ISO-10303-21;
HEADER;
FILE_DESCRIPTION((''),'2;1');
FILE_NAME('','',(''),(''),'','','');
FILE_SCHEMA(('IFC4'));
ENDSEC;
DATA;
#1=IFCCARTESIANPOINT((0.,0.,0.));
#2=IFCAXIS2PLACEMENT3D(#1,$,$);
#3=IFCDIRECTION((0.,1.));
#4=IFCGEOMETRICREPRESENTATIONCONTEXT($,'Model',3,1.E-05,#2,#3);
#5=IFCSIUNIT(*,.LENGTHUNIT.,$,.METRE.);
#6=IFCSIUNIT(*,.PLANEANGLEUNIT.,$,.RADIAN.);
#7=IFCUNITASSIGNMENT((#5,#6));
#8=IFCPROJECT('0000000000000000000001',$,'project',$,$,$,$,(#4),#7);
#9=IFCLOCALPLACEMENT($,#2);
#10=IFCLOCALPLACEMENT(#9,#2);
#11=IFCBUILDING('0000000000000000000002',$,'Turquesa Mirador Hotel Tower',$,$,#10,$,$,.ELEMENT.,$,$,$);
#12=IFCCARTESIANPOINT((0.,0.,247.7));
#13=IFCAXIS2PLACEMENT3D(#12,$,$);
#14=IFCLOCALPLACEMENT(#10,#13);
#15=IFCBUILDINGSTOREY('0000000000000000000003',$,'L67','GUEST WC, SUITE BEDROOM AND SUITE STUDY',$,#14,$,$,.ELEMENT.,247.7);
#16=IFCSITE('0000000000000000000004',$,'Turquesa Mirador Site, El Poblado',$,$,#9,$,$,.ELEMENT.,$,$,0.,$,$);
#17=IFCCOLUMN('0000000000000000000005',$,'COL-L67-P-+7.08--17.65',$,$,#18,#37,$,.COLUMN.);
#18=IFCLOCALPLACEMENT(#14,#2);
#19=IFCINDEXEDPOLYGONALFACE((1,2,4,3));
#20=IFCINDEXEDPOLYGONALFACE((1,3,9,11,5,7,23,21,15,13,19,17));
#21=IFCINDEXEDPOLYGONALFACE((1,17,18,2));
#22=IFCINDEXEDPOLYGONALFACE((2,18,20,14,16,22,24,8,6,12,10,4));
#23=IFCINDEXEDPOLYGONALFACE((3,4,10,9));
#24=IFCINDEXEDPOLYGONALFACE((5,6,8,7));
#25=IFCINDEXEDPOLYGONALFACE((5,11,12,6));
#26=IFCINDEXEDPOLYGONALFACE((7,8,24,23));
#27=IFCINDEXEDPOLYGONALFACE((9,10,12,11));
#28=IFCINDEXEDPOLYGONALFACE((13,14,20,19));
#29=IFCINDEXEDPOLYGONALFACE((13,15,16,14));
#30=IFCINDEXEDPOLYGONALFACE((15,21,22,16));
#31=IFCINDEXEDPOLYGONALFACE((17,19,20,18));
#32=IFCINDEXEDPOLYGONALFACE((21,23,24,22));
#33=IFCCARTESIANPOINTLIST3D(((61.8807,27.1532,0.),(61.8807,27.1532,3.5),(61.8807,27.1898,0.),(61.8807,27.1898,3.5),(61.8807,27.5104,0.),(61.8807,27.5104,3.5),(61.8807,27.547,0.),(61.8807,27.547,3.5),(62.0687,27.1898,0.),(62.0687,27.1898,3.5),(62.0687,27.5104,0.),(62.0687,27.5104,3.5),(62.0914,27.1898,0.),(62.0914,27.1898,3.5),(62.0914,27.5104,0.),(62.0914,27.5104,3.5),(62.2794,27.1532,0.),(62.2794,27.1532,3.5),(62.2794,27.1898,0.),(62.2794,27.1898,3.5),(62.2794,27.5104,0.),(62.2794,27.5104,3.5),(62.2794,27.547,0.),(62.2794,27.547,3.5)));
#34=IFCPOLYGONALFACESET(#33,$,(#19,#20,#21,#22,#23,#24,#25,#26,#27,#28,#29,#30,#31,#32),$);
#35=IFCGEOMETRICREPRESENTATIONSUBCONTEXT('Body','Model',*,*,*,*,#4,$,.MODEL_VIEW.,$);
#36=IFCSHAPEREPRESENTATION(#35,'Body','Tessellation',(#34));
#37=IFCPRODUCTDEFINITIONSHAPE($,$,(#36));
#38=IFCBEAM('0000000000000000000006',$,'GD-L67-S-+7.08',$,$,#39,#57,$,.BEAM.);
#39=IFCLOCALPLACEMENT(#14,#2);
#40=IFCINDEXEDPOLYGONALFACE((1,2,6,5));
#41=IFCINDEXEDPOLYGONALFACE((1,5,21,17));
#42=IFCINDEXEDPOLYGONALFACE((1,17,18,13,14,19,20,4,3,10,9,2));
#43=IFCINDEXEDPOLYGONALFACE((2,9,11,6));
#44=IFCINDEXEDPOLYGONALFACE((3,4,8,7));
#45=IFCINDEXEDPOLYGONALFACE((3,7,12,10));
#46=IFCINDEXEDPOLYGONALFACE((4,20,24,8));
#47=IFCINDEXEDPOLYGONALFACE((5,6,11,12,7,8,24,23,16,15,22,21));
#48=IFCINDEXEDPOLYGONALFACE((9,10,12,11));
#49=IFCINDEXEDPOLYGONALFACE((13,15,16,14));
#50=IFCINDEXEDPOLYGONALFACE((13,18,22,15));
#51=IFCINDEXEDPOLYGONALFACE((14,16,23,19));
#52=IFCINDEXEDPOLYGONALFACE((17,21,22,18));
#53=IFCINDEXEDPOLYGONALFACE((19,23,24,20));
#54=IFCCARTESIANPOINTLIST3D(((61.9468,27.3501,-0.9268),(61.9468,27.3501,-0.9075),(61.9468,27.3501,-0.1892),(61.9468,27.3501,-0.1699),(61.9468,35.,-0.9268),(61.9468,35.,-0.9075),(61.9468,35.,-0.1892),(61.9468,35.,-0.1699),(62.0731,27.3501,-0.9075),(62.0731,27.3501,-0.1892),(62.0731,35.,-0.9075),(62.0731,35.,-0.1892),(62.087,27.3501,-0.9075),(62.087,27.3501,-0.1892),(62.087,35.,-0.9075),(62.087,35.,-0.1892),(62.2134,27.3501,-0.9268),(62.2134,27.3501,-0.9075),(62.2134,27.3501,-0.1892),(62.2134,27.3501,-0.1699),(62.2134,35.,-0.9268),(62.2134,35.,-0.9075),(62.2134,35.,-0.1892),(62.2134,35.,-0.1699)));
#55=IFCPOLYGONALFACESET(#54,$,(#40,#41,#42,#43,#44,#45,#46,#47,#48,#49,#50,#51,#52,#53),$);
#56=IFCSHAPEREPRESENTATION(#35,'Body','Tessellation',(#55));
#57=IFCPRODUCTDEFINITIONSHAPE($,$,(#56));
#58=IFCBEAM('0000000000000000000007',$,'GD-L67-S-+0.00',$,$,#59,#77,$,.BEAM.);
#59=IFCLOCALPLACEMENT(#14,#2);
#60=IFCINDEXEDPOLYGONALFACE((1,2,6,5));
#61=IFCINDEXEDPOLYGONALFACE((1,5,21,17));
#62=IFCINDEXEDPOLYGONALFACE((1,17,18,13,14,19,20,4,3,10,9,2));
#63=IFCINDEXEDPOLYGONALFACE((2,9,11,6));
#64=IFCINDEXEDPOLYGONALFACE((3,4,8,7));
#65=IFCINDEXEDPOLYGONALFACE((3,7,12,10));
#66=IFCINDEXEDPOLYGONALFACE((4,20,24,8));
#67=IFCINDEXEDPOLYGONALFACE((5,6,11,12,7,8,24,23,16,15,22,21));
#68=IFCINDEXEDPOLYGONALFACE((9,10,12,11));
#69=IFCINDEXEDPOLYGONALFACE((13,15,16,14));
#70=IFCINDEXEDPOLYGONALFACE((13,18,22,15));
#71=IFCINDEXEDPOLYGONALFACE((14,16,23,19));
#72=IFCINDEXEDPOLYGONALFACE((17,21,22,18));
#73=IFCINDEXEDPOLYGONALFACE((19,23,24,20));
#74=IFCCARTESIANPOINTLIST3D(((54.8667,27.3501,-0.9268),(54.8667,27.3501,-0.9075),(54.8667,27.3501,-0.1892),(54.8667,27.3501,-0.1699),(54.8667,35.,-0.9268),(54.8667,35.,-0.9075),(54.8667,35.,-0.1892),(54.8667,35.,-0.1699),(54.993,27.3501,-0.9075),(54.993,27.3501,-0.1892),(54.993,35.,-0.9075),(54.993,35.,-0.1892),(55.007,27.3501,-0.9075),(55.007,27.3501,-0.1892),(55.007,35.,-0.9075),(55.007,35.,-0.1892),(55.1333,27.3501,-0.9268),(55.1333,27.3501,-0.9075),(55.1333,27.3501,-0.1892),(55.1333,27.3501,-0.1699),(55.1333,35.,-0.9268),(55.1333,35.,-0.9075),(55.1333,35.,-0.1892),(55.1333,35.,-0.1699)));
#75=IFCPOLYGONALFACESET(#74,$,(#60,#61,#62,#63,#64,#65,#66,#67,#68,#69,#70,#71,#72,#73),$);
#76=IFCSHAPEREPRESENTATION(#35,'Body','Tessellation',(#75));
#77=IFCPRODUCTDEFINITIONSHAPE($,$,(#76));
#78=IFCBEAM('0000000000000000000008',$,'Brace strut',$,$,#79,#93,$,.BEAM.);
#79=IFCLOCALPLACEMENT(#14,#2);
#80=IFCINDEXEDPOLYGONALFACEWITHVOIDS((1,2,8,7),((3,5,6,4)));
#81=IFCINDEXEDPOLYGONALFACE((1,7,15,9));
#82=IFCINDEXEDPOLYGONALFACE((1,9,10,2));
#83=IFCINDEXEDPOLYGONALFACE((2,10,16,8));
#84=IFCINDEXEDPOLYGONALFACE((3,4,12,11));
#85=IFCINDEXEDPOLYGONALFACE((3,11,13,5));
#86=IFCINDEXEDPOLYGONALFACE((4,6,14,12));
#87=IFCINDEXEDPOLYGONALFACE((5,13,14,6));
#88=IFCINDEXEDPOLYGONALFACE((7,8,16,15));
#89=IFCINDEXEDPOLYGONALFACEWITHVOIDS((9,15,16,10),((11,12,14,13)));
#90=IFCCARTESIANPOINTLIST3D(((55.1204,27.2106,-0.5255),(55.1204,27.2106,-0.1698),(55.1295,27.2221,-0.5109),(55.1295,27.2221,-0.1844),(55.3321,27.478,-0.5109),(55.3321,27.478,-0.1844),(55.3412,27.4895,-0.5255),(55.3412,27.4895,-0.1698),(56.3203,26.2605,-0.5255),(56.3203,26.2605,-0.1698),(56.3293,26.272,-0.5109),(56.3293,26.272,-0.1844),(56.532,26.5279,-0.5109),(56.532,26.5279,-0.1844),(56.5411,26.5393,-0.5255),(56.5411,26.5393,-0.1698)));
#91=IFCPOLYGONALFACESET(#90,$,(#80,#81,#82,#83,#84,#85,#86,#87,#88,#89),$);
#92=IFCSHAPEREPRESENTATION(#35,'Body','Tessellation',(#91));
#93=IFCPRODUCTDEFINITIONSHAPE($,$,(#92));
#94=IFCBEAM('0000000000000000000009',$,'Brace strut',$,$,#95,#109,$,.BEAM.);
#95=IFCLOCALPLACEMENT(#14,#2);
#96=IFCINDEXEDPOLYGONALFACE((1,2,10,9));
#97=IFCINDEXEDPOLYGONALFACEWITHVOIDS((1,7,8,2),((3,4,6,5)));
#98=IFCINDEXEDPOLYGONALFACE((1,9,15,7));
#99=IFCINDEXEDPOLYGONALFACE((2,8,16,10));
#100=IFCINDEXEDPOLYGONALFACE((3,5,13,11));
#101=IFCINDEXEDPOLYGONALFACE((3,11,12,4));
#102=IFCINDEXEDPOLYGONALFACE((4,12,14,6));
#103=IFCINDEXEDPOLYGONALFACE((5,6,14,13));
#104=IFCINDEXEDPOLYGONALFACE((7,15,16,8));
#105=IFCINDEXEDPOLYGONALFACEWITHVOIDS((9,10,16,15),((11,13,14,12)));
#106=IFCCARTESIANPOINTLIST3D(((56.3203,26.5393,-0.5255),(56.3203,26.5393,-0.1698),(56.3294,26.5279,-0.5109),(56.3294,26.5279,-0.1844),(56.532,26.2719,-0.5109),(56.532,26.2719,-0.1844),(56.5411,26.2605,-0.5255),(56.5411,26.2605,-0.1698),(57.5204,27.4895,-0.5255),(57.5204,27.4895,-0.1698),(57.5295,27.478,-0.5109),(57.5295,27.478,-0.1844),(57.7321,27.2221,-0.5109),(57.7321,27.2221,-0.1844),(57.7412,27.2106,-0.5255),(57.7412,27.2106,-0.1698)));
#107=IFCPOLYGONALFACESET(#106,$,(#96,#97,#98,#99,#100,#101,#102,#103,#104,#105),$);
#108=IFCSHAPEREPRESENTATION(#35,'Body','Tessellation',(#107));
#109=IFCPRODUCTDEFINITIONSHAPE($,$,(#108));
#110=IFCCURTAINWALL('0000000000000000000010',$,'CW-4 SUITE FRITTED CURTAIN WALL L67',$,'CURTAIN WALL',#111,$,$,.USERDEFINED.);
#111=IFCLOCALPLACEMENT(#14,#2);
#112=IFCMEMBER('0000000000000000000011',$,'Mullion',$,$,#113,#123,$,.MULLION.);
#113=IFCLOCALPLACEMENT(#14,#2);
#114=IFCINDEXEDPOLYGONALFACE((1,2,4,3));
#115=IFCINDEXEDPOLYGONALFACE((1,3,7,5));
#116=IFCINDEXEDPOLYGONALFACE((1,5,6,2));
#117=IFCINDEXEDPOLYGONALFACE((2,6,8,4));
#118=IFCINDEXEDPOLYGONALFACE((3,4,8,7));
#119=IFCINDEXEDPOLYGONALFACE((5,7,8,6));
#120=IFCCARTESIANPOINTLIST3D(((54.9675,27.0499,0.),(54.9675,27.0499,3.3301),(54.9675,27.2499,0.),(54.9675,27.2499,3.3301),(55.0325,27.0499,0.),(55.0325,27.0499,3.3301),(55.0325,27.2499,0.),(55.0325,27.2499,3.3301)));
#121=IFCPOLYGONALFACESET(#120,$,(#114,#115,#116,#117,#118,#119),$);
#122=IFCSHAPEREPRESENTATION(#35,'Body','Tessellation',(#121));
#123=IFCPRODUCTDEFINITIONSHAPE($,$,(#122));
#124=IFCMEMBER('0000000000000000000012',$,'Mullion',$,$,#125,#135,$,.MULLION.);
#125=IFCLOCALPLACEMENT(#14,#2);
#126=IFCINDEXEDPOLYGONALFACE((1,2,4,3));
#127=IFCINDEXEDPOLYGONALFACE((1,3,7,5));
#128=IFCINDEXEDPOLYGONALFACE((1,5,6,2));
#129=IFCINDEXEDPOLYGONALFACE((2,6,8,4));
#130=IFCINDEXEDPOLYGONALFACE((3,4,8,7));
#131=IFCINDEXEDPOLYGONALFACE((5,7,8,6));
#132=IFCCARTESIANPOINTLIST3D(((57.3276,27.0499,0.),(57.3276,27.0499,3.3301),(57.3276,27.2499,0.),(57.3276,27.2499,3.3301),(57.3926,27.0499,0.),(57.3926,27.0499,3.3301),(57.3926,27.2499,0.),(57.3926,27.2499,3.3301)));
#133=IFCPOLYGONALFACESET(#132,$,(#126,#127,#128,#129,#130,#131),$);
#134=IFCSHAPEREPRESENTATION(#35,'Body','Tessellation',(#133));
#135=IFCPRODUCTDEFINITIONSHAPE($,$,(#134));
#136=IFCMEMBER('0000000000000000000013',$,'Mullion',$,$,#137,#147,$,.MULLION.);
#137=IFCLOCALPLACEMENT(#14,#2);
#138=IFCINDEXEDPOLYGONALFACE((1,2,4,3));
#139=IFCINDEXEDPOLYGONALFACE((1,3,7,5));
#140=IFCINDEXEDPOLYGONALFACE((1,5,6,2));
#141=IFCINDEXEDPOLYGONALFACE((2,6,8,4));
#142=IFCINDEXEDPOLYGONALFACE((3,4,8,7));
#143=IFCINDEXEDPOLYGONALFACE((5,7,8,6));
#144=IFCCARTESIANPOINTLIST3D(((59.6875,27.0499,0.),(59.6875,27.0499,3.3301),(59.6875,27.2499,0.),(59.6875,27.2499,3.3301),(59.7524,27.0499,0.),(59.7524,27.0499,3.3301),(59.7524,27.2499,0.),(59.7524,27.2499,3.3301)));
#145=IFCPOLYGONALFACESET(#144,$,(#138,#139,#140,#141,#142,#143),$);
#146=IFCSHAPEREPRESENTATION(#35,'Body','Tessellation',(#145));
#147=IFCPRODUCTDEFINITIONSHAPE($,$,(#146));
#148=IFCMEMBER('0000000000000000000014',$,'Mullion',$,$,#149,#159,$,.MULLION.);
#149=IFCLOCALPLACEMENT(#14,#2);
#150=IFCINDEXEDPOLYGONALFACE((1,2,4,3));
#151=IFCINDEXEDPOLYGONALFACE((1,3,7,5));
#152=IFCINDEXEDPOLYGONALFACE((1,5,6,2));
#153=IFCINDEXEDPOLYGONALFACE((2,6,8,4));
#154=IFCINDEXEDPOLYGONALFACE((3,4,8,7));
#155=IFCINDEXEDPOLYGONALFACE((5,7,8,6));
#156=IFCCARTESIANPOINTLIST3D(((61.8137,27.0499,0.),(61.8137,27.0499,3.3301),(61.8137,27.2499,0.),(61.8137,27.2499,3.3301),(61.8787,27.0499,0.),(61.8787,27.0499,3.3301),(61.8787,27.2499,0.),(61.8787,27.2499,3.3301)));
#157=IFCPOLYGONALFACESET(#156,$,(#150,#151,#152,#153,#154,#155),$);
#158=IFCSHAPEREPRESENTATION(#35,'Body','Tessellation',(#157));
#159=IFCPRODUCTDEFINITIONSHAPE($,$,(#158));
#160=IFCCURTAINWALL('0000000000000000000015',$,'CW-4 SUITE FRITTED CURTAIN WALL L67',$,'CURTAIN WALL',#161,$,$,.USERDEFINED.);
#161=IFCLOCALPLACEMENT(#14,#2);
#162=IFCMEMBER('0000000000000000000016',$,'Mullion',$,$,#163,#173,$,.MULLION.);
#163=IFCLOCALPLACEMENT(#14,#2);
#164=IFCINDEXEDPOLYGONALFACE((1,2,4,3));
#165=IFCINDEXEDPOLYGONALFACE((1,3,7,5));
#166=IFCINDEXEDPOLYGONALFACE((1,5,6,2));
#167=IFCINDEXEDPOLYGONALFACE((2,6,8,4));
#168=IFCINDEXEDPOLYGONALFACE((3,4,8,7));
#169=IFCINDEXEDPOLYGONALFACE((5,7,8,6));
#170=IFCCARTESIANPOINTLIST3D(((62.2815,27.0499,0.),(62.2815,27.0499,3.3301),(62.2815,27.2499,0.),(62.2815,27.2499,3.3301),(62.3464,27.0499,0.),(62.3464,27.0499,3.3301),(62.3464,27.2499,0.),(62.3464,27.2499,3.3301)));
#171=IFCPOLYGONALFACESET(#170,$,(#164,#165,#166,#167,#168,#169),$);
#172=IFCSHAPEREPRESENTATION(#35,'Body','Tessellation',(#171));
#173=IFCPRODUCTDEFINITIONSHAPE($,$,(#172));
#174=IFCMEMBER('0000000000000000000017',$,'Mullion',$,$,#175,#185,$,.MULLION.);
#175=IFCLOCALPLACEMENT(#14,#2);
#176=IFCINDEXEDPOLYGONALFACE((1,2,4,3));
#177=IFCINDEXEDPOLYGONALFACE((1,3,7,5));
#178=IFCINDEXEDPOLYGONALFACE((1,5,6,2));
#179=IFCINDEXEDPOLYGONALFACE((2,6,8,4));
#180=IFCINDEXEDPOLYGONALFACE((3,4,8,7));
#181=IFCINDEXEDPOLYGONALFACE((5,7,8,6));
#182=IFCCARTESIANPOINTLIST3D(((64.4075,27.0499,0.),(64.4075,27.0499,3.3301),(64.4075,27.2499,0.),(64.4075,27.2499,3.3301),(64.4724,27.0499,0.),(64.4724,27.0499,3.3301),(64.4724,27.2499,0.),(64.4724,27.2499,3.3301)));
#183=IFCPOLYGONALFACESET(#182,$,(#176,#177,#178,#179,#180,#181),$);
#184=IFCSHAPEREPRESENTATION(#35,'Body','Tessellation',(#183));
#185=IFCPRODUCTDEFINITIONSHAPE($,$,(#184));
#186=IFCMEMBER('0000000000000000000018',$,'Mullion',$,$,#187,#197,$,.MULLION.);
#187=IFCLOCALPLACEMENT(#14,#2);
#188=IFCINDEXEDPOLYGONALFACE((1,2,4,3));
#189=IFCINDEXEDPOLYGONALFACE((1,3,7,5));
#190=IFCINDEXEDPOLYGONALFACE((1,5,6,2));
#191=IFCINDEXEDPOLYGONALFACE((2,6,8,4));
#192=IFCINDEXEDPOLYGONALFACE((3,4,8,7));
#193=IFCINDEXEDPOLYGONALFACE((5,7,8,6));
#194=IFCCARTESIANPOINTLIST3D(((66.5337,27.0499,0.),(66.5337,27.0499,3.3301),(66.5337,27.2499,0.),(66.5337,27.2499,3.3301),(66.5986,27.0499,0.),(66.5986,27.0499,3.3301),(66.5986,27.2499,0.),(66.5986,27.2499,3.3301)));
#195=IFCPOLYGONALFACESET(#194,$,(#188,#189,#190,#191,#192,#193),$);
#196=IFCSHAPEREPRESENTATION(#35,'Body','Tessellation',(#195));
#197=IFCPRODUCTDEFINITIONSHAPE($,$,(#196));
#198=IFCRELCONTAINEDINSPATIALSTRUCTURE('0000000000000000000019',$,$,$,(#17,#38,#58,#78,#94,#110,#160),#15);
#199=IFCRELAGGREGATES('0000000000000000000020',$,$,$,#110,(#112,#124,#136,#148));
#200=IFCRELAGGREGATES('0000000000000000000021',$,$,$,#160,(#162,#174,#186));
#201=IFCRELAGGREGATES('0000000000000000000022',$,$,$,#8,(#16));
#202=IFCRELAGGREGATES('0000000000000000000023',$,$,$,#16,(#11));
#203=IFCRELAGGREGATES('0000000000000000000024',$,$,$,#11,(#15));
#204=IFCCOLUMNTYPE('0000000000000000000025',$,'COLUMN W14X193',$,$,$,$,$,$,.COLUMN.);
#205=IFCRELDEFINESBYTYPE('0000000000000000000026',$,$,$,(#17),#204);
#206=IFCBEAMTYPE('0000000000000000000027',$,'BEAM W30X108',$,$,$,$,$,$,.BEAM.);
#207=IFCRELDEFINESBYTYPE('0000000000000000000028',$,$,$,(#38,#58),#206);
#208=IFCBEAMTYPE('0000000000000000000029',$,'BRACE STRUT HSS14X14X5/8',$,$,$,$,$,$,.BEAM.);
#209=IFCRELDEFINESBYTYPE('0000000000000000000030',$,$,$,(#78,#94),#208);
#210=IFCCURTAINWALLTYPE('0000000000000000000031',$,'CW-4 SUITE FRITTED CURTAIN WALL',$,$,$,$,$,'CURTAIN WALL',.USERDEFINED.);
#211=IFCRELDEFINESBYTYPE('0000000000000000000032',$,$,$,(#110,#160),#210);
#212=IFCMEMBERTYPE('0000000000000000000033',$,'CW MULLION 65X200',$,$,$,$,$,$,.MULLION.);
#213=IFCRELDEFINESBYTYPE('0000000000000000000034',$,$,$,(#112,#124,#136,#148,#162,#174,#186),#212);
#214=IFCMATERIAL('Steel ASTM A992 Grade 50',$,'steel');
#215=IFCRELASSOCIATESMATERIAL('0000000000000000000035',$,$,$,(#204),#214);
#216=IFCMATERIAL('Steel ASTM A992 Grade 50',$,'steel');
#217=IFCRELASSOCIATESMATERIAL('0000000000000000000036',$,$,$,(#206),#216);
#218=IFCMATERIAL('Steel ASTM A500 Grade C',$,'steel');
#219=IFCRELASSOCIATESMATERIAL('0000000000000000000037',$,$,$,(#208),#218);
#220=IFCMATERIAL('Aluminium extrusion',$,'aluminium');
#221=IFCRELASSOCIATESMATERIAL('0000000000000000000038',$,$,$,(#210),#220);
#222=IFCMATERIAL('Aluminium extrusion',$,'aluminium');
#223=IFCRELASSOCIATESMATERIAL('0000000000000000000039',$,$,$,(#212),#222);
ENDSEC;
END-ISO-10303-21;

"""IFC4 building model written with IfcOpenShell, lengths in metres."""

from ifc_helpers import new_model, si_unit, direction, frame, origin, origin_2d, place, context, subcontext, project, spatial, rectangle, hollow_rectangle, i_section, extrude, material, material_profile, profile_set, type_object, element, aggregate, save


model = new_model("IFC4")

# Units and contexts
model_context = context("Model", 3, precision=1e-05, world=origin(), true_north=direction((0.0, 1.0)))
body_context = subcontext(model_context, "Body", "Model", "MODEL_VIEW")
ifc_project = project(units=[si_unit("LENGTHUNIT", "METRE"), si_unit("PLANEANGLEUNIT", "RADIAN")], contexts=[model_context])

# Site, building, storey
site_placement = place(None, origin())
site = spatial("IfcSite", under=ifc_project, at=site_placement, Name="Turquesa Mirador Site, El Poblado", CompositionType="ELEMENT", RefElevation=0.0)
building_placement = place(site_placement, origin())
building = spatial("IfcBuilding", under=site, at=building_placement, Name="Turquesa Mirador Hotel Tower", CompositionType="ELEMENT")
storey_placement = place(building_placement, frame((0.0, 0.0, 247.7)))
storey = spatial("IfcBuildingStorey", under=building, at=storey_placement, Name="L67", Description="GUEST WC, SUITE BEDROOM AND SUITE STUDY", CompositionType="ELEMENT", Elevation=247.7)

# Column
ifc_material_1 = material(Name="Steel ASTM A992 Grade 50", Category="steel")
ifc_material_profile_1 = material_profile(ifc_material_1, i_section(OverallWidth=0.3987, OverallDepth=0.3938, WebThickness=0.0227, FlangeThickness=0.0366, at=origin_2d()), Name="W14X193")
ifc_profile_set_1 = profile_set([ifc_material_profile_1], Name="Steel ASTM A992 Grade 50")
column_type = type_object("IfcColumnType", Name="COLUMN W14X193", PredefinedType="COLUMN", material=ifc_profile_set_1)
column_placement = place(storey_placement, frame((62.0801, 27.3501, 0.0), z_axis=(0.0, 0.0, 1.0), x_axis=(1.0, 0.0, 0.0)))
element("IfcColumn", 1, at=column_placement, inside=storey, type_object=column_type, Name="COL-L67-P-+7.08--17.65", PredefinedType="COLUMN", context=body_context, shape_type="SweptSolid", body=[
    extrude(i_section(OverallWidth=0.3987, OverallDepth=0.3938, WebThickness=0.0227, FlangeThickness=0.0366, at=origin_2d()), origin(), (0.0, 0.0, 1.0), 3.5),
])

# Beams
ifc_material_2 = material(Name="Steel ASTM A992 Grade 50", Category="steel")
ifc_material_profile_2 = material_profile(ifc_material_2, i_section(OverallWidth=0.2666, OverallDepth=0.7568, WebThickness=0.0139, FlangeThickness=0.0193, at=origin_2d()), Name="W30X108")
ifc_profile_set_2 = profile_set([ifc_material_profile_2], Name="Steel ASTM A992 Grade 50")
beam_type_1 = type_object("IfcBeamType", Name="BEAM W30X108", PredefinedType="BEAM", material=ifc_profile_set_2)
for number, where, z_axis, x_axis, name in (
    (2, (62.0801, 27.3501, -0.5483), (0.0, 1.0, 0.0), (-1.0, 0.0, 0.0), "GD-L67-S-+7.08"),
    (3, (55.0, 27.3501, -0.5483), (0.0, 1.0, 0.0), (-1.0, 0.0, 0.0), "GD-L67-S-+0.00"),
):
    element("IfcBeam", number, at=place(storey_placement, frame(where, z_axis=z_axis, x_axis=x_axis)), inside=storey, type_object=beam_type_1, Name=name, PredefinedType="BEAM", context=body_context, shape_type="SweptSolid", body=[
        extrude(i_section(OverallWidth=0.2666, OverallDepth=0.7568, WebThickness=0.0139, FlangeThickness=0.0193, at=origin_2d()), origin(), (0.0, 0.0, 1.0), 7.6499),
    ])
ifc_material_3 = material(Name="Steel ASTM A500 Grade C", Category="steel")
ifc_material_profile_3 = material_profile(ifc_material_3, hollow_rectangle(XDim=0.3557, YDim=0.3557, WallThickness=0.0146, at=origin_2d()), Name="HSS14X14X5/8")
ifc_profile_set_3 = profile_set([ifc_material_profile_3], Name="Steel ASTM A500 Grade C")
beam_type_2 = type_object("IfcBeamType", Name="BRACE STRUT HSS14X14X5/8", PredefinedType="BEAM", material=ifc_profile_set_3)
beam_1_placement = place(storey_placement, frame((56.4307, 26.3999, -0.3477), z_axis=(-0.783971, 0.620797, 0.0), x_axis=(-0.620797, -0.783971, 0.0)))
element("IfcBeam", 4, at=beam_1_placement, inside=storey, type_object=beam_type_2, Name="Brace strut", PredefinedType="BEAM", context=body_context, shape_type="SweptSolid", body=[
    extrude(hollow_rectangle(XDim=0.3557, YDim=0.3557, WallThickness=0.0146, at=origin_2d()), origin(), (0.0, 0.0, 1.0), 1.5305),
])
beam_2_placement = place(storey_placement, frame((56.4307, 26.3999, -0.3477), z_axis=(0.784033, 0.620719, 0.0), x_axis=(-0.620719, 0.784033, 0.0)))
element("IfcBeam", 5, at=beam_2_placement, inside=storey, type_object=beam_type_2, Name="Brace strut", PredefinedType="BEAM", context=body_context, shape_type="SweptSolid", body=[
    extrude(hollow_rectangle(XDim=0.3557, YDim=0.3557, WallThickness=0.0146, at=origin_2d()), origin(), (0.0, 0.0, 1.0), 1.5308),
])

# Curtain walls, members
ifc_material_4 = material(Name="Aluminium extrusion", Category="aluminium")
curtain_wall_type = type_object("IfcCurtainWallType", Name="CW-4 SUITE FRITTED CURTAIN WALL", ElementType="CURTAIN WALL", PredefinedType="USERDEFINED", material=ifc_material_4)
curtain_wall_1_placement = place(storey_placement, origin())
curtain_wall_1 = element("IfcCurtainWall", 6, at=curtain_wall_1_placement, inside=storey, type_object=curtain_wall_type, Name="CW-4 SUITE FRITTED CURTAIN WALL L67", ObjectType="CURTAIN WALL", PredefinedType="USERDEFINED")
ifc_material_5 = material(Name="Aluminium extrusion", Category="aluminium")
ifc_material_profile_4 = material_profile(ifc_material_5, rectangle(XDim=0.0649, YDim=0.2, at=origin_2d()), Name="MULLION 65X200")
ifc_profile_set_4 = profile_set([ifc_material_profile_4], Name="Aluminium extrusion")
member_type_1 = type_object("IfcMemberType", Name="CW MULLION 65X200", PredefinedType="MULLION", material=ifc_profile_set_4)
member_1_placement = place(storey_placement, frame((55.0, 27.1499, 0.0), z_axis=(0.0, 0.0, 1.0), x_axis=(1.0, 0.0, 0.0)))
member_1 = element("IfcMember", 7, at=member_1_placement, type_object=member_type_1, Name="Mullion", PredefinedType="MULLION", context=body_context, shape_type="SweptSolid", body=[
    extrude(rectangle(XDim=0.0649, YDim=0.2, at=origin_2d()), origin(), (0.0, 0.0, 1.0), 3.3301),
])
member_2_placement = place(storey_placement, frame((57.3601, 27.1499, 0.0), z_axis=(0.0, 0.0, 1.0), x_axis=(1.0, 0.0, 0.0)))
member_2 = element("IfcMember", 8, at=member_2_placement, type_object=member_type_1, Name="Mullion", PredefinedType="MULLION", context=body_context, shape_type="SweptSolid", body=[
    extrude(rectangle(XDim=0.0649, YDim=0.2, at=origin_2d()), origin(), (0.0, 0.0, 1.0), 3.3301),
])
member_3_placement = place(storey_placement, frame((59.72, 27.1499, 0.0), z_axis=(0.0, 0.0, 1.0), x_axis=(1.0, 0.0, 0.0)))
member_3 = element("IfcMember", 9, at=member_3_placement, type_object=member_type_1, Name="Mullion", PredefinedType="MULLION", context=body_context, shape_type="SweptSolid", body=[
    extrude(rectangle(XDim=0.0649, YDim=0.2, at=origin_2d()), origin(), (0.0, 0.0, 1.0), 3.3301),
])
member_4_placement = place(storey_placement, frame((61.8462, 27.1499, 0.0), z_axis=(0.0, 0.0, 1.0), x_axis=(1.0, 0.0, 0.0)))
member_4 = element("IfcMember", 10, at=member_4_placement, type_object=member_type_1, Name="Mullion", PredefinedType="MULLION", context=body_context, shape_type="SweptSolid", body=[
    extrude(rectangle(XDim=0.0649, YDim=0.2, at=origin_2d()), origin(), (0.0, 0.0, 1.0), 3.3301),
])
curtain_wall_2_placement = place(storey_placement, origin())
curtain_wall_2 = element("IfcCurtainWall", 11, at=curtain_wall_2_placement, inside=storey, type_object=curtain_wall_type, Name="CW-4 SUITE FRITTED CURTAIN WALL L67", ObjectType="CURTAIN WALL", PredefinedType="USERDEFINED")
member_5_placement = place(storey_placement, frame((62.314, 27.1499, 0.0), z_axis=(0.0, 0.0, 1.0), x_axis=(1.0, 0.0, 0.0)))
member_5 = element("IfcMember", 12, at=member_5_placement, type_object=member_type_1, Name="Mullion", PredefinedType="MULLION", context=body_context, shape_type="SweptSolid", body=[
    extrude(rectangle(XDim=0.0649, YDim=0.2, at=origin_2d()), origin(), (0.0, 0.0, 1.0), 3.3301),
])
member_6_placement = place(storey_placement, frame((64.4399, 27.1499, 0.0), z_axis=(0.0, 0.0, 1.0), x_axis=(1.0, 0.0, 0.0)))
member_6 = element("IfcMember", 13, at=member_6_placement, type_object=member_type_1, Name="Mullion", PredefinedType="MULLION", context=body_context, shape_type="SweptSolid", body=[
    extrude(rectangle(XDim=0.0649, YDim=0.2, at=origin_2d()), origin(), (0.0, 0.0, 1.0), 3.3301),
])
member_7_placement = place(storey_placement, frame((66.5662, 27.1499, 0.0), z_axis=(0.0, 0.0, 1.0), x_axis=(1.0, 0.0, 0.0)))
member_7 = element("IfcMember", 14, at=member_7_placement, type_object=member_type_1, Name="Mullion", PredefinedType="MULLION", context=body_context, shape_type="SweptSolid", body=[
    extrude(rectangle(XDim=0.0649, YDim=0.2, at=origin_2d()), origin(), (0.0, 0.0, 1.0), 3.3301),
])

aggregate(curtain_wall_1, [member_1, member_2, member_3, member_4])
aggregate(curtain_wall_2, [member_5, member_6, member_7])

save(model, "model.ifc")
